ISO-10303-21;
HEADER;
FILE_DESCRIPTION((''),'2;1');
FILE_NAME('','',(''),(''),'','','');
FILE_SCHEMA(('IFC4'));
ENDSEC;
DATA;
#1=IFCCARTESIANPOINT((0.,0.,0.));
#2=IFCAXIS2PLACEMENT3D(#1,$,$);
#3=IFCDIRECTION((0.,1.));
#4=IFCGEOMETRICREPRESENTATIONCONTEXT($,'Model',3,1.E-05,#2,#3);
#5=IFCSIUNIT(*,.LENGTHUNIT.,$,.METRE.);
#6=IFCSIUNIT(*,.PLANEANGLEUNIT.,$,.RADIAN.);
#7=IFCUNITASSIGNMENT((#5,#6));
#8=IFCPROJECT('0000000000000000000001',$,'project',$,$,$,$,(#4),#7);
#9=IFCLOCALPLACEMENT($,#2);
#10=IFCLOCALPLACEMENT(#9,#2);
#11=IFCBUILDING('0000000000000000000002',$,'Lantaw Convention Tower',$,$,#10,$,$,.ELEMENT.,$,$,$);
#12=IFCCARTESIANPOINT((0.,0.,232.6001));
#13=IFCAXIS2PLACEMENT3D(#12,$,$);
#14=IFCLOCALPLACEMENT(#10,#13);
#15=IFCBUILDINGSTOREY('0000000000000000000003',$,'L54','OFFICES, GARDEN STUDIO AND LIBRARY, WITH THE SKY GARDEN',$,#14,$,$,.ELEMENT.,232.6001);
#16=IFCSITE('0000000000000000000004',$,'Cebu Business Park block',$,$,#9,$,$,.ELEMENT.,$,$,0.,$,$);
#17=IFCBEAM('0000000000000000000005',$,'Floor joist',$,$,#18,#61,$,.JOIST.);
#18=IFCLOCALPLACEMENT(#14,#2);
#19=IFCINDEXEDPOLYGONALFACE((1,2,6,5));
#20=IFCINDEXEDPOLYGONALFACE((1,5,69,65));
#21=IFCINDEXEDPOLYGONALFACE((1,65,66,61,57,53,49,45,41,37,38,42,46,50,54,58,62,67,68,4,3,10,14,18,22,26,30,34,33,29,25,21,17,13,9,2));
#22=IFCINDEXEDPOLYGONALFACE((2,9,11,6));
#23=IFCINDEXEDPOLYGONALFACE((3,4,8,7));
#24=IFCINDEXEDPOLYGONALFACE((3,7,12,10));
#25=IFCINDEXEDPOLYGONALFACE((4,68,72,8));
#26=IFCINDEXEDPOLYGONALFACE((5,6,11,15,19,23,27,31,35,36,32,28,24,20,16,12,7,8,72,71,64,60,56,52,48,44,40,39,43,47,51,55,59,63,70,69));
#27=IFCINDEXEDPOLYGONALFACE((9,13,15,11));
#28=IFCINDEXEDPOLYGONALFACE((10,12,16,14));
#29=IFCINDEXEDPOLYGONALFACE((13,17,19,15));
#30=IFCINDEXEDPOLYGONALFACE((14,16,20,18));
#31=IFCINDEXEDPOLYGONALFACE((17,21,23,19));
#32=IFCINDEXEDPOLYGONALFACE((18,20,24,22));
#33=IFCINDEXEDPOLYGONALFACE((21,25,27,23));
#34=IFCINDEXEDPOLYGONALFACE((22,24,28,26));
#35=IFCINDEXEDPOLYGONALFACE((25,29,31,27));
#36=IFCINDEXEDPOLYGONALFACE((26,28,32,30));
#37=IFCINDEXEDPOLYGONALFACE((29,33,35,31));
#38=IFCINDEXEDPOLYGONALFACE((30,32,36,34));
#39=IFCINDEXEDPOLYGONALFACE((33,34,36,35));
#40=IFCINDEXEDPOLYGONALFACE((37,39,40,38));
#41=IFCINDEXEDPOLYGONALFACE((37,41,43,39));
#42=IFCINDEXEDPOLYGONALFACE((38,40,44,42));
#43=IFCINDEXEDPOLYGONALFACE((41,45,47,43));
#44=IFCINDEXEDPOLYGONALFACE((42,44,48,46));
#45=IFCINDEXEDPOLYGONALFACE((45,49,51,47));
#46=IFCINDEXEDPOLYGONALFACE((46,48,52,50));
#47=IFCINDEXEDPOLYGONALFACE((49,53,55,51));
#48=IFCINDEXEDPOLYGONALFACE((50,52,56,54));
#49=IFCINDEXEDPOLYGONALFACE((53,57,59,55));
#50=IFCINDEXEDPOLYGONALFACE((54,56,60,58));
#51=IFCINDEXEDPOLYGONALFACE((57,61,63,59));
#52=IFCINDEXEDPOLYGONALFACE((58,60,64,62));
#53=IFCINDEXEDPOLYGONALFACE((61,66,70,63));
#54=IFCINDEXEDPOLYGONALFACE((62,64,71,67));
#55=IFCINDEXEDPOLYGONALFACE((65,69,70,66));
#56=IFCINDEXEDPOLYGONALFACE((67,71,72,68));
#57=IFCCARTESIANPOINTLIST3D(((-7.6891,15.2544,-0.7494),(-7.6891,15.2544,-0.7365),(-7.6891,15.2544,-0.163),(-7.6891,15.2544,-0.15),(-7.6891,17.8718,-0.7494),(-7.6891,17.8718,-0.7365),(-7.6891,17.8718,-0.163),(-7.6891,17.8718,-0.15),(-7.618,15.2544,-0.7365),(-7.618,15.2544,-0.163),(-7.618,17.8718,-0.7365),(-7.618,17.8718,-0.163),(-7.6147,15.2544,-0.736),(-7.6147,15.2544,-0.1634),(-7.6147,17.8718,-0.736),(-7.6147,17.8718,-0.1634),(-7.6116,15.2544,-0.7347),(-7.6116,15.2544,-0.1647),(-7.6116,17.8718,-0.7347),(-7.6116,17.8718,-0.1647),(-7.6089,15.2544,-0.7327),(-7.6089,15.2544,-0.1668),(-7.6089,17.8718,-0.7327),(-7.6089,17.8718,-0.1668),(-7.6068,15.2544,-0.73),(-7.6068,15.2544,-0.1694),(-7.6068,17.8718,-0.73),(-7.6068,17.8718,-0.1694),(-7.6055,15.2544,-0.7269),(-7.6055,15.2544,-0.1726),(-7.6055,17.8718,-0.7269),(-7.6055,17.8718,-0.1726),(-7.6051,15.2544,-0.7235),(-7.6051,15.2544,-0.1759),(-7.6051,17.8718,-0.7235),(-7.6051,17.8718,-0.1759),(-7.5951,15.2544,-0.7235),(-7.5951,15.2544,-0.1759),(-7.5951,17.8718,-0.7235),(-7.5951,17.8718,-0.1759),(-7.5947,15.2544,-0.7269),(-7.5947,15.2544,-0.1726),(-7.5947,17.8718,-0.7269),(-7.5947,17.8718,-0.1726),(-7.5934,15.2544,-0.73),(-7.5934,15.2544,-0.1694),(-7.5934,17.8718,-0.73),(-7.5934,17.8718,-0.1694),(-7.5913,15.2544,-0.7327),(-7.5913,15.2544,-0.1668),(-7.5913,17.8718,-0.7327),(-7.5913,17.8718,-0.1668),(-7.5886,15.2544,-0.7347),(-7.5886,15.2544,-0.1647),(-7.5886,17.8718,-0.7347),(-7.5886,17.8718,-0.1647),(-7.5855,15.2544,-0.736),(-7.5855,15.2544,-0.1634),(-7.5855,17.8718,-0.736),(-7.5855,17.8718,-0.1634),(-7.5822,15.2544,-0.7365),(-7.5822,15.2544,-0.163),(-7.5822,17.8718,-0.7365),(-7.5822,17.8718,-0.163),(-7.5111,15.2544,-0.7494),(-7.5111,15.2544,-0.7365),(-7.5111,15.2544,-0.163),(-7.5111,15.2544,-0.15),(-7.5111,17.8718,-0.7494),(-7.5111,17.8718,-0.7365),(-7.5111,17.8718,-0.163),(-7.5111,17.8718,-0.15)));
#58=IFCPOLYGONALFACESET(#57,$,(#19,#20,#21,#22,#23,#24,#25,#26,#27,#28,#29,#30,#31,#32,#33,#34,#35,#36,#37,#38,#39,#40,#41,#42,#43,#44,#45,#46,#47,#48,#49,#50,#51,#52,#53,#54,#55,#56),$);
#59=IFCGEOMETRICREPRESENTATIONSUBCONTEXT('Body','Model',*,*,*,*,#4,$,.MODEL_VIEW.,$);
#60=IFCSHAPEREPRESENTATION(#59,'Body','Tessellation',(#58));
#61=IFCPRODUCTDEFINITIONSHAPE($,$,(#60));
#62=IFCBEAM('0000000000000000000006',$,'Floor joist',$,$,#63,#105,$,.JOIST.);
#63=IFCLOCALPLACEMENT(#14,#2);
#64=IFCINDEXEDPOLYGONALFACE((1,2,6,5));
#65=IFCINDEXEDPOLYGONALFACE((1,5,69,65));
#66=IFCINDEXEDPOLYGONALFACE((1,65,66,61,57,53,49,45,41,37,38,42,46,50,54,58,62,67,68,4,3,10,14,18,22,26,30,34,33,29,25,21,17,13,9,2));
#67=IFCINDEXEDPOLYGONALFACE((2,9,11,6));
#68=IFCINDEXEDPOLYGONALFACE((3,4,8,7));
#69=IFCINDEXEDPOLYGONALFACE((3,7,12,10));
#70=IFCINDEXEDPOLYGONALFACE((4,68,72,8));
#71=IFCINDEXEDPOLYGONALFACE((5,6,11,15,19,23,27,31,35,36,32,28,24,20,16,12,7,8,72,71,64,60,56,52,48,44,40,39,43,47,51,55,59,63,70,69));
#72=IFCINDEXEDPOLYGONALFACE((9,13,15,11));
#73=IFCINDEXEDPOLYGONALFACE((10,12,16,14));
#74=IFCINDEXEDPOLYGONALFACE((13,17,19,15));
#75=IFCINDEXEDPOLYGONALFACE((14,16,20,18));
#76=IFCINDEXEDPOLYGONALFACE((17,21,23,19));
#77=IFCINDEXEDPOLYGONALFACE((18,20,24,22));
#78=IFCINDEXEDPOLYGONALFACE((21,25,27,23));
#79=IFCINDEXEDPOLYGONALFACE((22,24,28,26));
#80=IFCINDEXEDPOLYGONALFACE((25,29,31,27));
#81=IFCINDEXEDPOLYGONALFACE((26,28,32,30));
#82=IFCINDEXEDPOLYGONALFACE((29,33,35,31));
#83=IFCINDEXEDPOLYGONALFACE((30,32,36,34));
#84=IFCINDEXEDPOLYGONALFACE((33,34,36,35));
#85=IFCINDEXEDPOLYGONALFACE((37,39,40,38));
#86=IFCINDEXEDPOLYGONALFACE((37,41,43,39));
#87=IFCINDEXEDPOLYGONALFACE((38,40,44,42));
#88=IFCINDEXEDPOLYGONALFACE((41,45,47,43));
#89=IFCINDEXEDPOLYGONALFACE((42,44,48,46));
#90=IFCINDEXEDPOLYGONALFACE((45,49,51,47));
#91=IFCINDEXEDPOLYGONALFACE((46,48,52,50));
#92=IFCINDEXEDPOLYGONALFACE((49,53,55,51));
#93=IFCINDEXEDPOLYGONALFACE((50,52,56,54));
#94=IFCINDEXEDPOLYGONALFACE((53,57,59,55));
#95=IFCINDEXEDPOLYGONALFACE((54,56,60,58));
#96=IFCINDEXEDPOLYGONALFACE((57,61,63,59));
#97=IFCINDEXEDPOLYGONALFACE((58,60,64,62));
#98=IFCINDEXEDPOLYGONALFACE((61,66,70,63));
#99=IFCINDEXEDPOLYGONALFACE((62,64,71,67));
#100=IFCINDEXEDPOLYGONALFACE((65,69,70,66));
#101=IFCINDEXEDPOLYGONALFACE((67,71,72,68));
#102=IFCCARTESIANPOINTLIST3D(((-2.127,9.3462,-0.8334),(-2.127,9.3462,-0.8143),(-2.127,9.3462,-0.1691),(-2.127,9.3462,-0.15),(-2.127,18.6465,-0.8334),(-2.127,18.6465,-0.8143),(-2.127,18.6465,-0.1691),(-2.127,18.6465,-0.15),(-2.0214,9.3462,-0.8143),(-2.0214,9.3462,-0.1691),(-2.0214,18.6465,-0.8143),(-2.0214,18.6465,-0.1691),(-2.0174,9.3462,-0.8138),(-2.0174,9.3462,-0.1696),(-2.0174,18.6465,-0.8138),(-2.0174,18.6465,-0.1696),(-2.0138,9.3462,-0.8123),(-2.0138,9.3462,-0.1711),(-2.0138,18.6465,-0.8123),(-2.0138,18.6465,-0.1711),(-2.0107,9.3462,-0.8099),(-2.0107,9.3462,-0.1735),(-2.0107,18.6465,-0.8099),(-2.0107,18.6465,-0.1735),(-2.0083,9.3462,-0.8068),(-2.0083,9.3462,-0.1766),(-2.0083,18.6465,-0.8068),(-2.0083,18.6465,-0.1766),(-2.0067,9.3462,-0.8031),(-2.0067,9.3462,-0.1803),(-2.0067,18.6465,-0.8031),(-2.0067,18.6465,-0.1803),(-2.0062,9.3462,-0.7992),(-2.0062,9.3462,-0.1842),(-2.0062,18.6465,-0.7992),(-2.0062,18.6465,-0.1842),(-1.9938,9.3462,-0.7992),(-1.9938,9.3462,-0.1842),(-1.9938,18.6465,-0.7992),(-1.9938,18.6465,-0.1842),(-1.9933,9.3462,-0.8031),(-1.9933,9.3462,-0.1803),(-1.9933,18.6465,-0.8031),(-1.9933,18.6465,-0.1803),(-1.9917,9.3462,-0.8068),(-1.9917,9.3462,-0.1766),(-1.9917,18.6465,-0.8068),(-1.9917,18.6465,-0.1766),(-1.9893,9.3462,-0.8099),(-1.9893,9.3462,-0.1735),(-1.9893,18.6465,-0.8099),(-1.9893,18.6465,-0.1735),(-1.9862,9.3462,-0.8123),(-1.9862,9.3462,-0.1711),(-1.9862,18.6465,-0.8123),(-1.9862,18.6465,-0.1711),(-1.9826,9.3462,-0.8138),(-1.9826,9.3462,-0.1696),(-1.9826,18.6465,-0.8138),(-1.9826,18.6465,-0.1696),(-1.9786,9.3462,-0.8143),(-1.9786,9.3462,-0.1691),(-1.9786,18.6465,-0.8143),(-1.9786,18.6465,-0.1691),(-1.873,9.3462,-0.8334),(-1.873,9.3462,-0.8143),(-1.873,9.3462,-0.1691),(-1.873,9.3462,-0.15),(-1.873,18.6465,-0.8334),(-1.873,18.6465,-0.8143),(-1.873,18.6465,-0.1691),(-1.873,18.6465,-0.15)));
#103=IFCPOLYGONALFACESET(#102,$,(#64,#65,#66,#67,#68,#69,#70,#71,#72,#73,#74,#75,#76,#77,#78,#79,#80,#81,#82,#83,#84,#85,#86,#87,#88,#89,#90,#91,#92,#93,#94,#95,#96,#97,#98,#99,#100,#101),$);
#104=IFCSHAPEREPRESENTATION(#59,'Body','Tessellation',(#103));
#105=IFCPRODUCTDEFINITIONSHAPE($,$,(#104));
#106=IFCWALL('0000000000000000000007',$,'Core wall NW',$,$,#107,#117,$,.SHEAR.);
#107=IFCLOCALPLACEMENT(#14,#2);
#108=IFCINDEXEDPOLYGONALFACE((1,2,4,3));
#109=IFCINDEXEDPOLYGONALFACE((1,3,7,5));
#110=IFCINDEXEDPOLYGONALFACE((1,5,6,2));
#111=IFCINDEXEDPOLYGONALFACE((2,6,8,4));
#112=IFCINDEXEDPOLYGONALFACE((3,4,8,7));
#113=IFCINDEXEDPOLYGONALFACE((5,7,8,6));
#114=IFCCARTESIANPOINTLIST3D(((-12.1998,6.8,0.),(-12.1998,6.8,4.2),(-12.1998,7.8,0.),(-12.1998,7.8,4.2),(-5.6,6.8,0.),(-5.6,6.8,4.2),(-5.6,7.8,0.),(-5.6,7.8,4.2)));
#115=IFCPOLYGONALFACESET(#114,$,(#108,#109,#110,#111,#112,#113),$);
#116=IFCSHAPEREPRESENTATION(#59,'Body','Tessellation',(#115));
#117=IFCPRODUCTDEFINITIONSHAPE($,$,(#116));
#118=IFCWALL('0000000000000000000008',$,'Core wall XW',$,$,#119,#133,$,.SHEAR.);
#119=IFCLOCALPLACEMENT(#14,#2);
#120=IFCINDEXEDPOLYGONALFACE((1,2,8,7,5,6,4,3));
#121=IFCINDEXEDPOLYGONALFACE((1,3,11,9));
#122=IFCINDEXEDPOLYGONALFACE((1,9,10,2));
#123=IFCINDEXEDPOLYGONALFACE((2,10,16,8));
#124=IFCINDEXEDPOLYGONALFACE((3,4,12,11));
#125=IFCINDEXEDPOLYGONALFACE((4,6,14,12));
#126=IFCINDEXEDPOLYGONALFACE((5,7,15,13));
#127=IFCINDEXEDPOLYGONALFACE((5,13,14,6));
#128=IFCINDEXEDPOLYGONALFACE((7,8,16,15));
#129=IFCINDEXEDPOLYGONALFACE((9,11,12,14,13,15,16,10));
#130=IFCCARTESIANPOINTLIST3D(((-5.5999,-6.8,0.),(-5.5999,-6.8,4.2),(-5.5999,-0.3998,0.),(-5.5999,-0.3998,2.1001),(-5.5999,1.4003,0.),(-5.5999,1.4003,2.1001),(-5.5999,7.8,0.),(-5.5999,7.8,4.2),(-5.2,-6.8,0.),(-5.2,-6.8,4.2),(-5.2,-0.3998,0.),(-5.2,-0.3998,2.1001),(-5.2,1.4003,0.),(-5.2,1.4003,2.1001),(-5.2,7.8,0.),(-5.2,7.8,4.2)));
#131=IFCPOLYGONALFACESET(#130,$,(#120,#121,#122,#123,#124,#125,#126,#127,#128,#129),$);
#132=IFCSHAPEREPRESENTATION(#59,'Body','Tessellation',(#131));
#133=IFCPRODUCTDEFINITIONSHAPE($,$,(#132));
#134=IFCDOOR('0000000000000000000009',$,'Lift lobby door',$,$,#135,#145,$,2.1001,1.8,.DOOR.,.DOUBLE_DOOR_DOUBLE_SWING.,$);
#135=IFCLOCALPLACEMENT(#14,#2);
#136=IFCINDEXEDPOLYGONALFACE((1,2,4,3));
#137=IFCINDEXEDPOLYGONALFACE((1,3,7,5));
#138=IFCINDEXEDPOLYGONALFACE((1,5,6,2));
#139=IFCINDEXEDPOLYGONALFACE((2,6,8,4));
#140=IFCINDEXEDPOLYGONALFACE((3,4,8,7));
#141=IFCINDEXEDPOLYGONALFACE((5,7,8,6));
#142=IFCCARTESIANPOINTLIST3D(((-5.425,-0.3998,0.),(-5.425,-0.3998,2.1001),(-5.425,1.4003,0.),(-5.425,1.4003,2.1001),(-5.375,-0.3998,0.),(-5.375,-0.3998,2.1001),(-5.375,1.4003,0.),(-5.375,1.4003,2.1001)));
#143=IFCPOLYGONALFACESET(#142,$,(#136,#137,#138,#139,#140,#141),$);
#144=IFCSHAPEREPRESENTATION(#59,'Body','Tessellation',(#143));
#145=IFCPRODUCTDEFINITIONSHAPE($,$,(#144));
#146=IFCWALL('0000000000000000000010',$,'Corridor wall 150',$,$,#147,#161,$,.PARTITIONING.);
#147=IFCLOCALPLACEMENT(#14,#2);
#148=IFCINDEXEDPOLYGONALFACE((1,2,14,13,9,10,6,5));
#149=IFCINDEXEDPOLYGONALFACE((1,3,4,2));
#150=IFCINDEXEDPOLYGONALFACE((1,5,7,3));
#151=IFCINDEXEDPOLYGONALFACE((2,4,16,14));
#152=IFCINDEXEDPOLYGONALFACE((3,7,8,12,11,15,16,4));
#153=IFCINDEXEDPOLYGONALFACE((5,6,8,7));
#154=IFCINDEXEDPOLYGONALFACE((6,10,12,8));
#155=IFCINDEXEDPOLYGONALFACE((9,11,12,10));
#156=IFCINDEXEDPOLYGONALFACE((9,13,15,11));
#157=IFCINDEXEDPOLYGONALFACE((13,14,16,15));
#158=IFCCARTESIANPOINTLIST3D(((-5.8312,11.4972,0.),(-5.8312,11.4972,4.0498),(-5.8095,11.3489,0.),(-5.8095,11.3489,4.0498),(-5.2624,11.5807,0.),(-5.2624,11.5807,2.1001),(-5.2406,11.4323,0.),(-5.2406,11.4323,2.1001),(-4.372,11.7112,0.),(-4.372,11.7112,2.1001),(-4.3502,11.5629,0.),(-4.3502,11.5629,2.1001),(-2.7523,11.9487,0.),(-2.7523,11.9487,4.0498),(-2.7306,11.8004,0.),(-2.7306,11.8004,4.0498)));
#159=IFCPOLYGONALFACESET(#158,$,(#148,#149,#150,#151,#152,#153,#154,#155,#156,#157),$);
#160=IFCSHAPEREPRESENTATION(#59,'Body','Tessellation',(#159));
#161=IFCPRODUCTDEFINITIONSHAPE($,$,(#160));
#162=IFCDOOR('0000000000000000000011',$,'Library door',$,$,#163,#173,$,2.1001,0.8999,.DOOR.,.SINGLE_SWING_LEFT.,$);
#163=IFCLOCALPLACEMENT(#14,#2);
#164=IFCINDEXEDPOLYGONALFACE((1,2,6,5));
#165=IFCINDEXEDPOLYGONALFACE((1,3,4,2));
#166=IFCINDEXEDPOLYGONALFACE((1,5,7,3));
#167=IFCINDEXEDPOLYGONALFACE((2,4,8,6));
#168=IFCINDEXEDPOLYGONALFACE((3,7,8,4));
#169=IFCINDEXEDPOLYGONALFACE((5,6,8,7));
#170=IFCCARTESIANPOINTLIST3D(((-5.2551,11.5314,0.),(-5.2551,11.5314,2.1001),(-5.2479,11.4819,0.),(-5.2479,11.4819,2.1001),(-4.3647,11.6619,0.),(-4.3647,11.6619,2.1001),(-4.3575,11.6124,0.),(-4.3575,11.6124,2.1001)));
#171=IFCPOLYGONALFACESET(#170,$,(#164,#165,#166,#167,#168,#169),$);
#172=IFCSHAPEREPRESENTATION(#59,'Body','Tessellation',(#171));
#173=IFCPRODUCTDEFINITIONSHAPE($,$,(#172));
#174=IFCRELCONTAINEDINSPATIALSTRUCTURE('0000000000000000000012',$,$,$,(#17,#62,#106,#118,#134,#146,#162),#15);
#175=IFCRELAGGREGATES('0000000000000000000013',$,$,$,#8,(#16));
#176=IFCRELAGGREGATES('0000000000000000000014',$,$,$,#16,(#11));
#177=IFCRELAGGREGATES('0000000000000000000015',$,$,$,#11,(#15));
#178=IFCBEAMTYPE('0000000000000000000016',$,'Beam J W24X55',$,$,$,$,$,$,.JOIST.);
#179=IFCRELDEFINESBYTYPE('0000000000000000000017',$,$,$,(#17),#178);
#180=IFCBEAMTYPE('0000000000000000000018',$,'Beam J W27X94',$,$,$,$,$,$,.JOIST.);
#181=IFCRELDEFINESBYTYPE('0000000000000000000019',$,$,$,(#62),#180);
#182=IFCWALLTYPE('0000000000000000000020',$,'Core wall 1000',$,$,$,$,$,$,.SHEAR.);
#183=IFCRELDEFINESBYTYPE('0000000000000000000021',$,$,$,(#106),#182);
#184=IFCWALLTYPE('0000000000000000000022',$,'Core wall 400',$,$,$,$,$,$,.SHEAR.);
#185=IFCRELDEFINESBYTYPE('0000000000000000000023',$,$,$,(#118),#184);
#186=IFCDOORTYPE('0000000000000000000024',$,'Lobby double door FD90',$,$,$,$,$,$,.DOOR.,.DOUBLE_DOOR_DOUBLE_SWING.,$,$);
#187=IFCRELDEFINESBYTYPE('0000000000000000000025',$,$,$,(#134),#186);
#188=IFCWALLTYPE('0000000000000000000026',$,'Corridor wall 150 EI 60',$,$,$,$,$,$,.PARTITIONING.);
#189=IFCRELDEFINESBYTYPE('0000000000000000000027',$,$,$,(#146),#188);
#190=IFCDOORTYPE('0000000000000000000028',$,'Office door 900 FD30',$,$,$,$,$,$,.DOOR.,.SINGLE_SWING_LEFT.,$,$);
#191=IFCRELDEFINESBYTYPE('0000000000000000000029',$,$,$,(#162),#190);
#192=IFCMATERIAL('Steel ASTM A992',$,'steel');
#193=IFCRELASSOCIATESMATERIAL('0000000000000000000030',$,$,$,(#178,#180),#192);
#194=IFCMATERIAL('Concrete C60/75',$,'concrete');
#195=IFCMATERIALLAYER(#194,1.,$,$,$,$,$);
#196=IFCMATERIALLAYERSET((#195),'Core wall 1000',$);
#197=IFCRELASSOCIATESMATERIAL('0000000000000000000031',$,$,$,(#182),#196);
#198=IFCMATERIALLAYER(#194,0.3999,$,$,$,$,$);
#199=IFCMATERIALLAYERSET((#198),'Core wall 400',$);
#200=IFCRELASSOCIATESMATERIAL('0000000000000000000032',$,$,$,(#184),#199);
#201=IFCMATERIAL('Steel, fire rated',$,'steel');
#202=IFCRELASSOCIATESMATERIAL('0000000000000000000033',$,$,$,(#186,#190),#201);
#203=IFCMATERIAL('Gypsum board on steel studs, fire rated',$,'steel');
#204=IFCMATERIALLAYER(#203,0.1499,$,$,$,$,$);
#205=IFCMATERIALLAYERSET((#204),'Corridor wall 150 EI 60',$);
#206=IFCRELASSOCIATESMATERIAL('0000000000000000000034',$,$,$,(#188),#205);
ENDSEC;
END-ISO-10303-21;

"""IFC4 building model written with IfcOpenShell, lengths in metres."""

from ifc_helpers import new_model, si_unit, direction, frame, frame_2d, origin, origin_2d, place, context, subcontext, project, spatial, rectangle, i_section, extrude, material, layer, layer_set, material_profile, profile_set, type_object, element, fill, save


model = new_model("IFC4")

# Units and contexts
model_context = context("Model", 3, precision=1e-05, world=origin(), true_north=direction((0.0, 1.0)))
body_context = subcontext(model_context, "Body", "Model", "MODEL_VIEW")
ifc_project = project(units=[si_unit("LENGTHUNIT", "METRE"), si_unit("PLANEANGLEUNIT", "RADIAN")], contexts=[model_context])

# Site, building, storey
site_placement = place(None, origin())
site = spatial("IfcSite", under=ifc_project, at=site_placement, Name="Cebu Business Park block", CompositionType="ELEMENT", RefElevation=0.0)
building_placement = place(site_placement, origin())
building = spatial("IfcBuilding", under=site, at=building_placement, Name="Lantaw Convention Tower", CompositionType="ELEMENT")
storey_placement = place(building_placement, frame((0.0, 0.0, 232.6001)))
storey = spatial("IfcBuildingStorey", under=building, at=storey_placement, Name="L54", Description="OFFICES, GARDEN STUDIO AND LIBRARY, WITH THE SKY GARDEN", CompositionType="ELEMENT", Elevation=232.6001)

# Shared definitions
ifc_material_1 = material(Name="Concrete C60/75", Category="concrete")

# Beams
ifc_material_2 = material(Name="Steel ASTM A992", Category="steel")
ifc_material_profile_1 = material_profile(ifc_material_2, i_section(OverallWidth=0.178, OverallDepth=0.5994, WebThickness=0.01, FlangeThickness=0.0129, FilletRadius=0.0129, at=origin_2d()), Name="W24X55")
ifc_profile_set_1 = profile_set([ifc_material_profile_1], Name="Steel ASTM A992")
beam_type_1 = type_object("IfcBeamType", Name="Beam J W24X55", PredefinedType="JOIST", material=ifc_profile_set_1)
beam_1_placement = place(storey_placement, frame((-7.6001, 15.2544, -0.4497), z_axis=(0.0, 1.0, 0.0), x_axis=(-1.0, 0.0, 0.0)))
element("IfcBeam", 1, at=beam_1_placement, inside=storey, type_object=beam_type_1, Name="Floor joist", PredefinedType="JOIST", context=body_context, shape_type="SweptSolid", body=[
    extrude(i_section(OverallWidth=0.178, OverallDepth=0.5994, WebThickness=0.01, FlangeThickness=0.0129, FilletRadius=0.0129, at=origin_2d()), origin(), (0.0, 0.0, 1.0), 2.6174),
])
ifc_material_profile_2 = material_profile(ifc_material_2, i_section(OverallWidth=0.2539, OverallDepth=0.6833, WebThickness=0.0125, FlangeThickness=0.019, FilletRadius=0.0151, at=origin_2d()), Name="W27X94")
ifc_profile_set_2 = profile_set([ifc_material_profile_2], Name="Steel ASTM A992")
beam_type_2 = type_object("IfcBeamType", Name="Beam J W27X94", PredefinedType="JOIST", material=ifc_profile_set_2)
beam_2_placement = place(storey_placement, frame((-2.0, 9.3462, -0.4917), z_axis=(0.0, 1.0, 0.0), x_axis=(-1.0, 0.0, 0.0)))
element("IfcBeam", 2, at=beam_2_placement, inside=storey, type_object=beam_type_2, Name="Floor joist", PredefinedType="JOIST", context=body_context, shape_type="SweptSolid", body=[
    extrude(i_section(OverallWidth=0.2539, OverallDepth=0.6833, WebThickness=0.0125, FlangeThickness=0.019, FilletRadius=0.0151, at=origin_2d()), origin(), (0.0, 0.0, 1.0), 9.3003),
])

# Wall
ifc_layer_1 = layer(ifc_material_1, 1.0)
ifc_layer_set_1 = layer_set([ifc_layer_1], Name="Core wall 1000")
wall_type_1 = type_object("IfcWallType", Name="Core wall 1000", PredefinedType="SHEAR", material=ifc_layer_set_1)
wall_1_placement = place(storey_placement, frame((-5.6001, 7.3, 0.0), z_axis=(0.0, 0.0, 1.0), x_axis=(-1.0, 0.0, 0.0)))
element("IfcWall", 3, at=wall_1_placement, inside=storey, type_object=wall_type_1, Name="Core wall NW", PredefinedType="SHEAR", context=body_context, shape_type="SweptSolid", body=[
    extrude(rectangle(XDim=6.5999, YDim=1.0, at=frame_2d((3.2998, 0.0))), origin(), (0.0, 0.0, 1.0), 4.2),
])

# Walls, openings, doors
ifc_layer_2 = layer(ifc_material_1, 0.3999)
ifc_layer_set_2 = layer_set([ifc_layer_2], Name="Core wall 400")
wall_type_2 = type_object("IfcWallType", Name="Core wall 400", PredefinedType="SHEAR", material=ifc_layer_set_2)
wall_2_placement = place(storey_placement, frame((-5.3999, 7.8, 0.0), z_axis=(0.0, 0.0, 1.0), x_axis=(0.0, -1.0, 0.0)))
wall_2 = element("IfcWall", 4, at=wall_2_placement, inside=storey, type_object=wall_type_2, Name="Core wall XW", PredefinedType="SHEAR", context=body_context, shape_type="SweptSolid", body=[
    extrude(rectangle(XDim=14.6001, YDim=0.3999, at=frame_2d((7.3, 0.0))), origin(), (0.0, 0.0, 1.0), 4.2),
])
opening_1_placement = place(wall_2_placement, frame((6.3999, 0.0, 0.0)))
opening_1 = element("IfcOpeningElement", 5, at=opening_1_placement, cuts=wall_2, PredefinedType="OPENING", context=body_context, shape_type="SweptSolid", body=[
    extrude(rectangle(XDim=1.8, YDim=2.1001, at=frame_2d((0.8999, 1.05))), frame((0.0, 0.21, 0.0), z_axis=(0.0, -1.0, 0.0), x_axis=(1.0, 0.0, 0.0)), (0.0, 0.0, 1.0), 0.4199),
])
ifc_material_3 = material(Name="Steel, fire rated", Category="steel")
door_type_1 = type_object("IfcDoorType", Name="Lobby double door FD90", OperationType="DOUBLE_DOOR_DOUBLE_SWING", PredefinedType="DOOR", material=ifc_material_3)
door_1_placement = place(opening_1_placement, origin())
door_1 = element("IfcDoor", 6, at=door_1_placement, inside=storey, type_object=door_type_1, Name="Lift lobby door", OperationType="DOUBLE_DOOR_DOUBLE_SWING", OverallHeight=2.1001, OverallWidth=1.8, PredefinedType="DOOR", context=body_context, shape_type="SweptSolid", body=[
    extrude(rectangle(XDim=1.8, YDim=2.1001, at=frame_2d((0.8999, 1.05))), frame((0.0, 0.0249, 0.0), z_axis=(0.0, -1.0, 0.0), x_axis=(1.0, 0.0, 0.0)), (0.0, 0.0, 1.0), 0.05),
])
fill(opening_1, door_1)
ifc_material_4 = material(Name="Gypsum board on steel studs, fire rated", Category="steel")
ifc_layer_3 = layer(ifc_material_4, 0.1499)
ifc_layer_set_3 = layer_set([ifc_layer_3], Name="Corridor wall 150 EI 60")
wall_type_3 = type_object("IfcWallType", Name="Corridor wall 150 EI 60", PredefinedType="PARTITIONING", material=ifc_layer_set_3)
wall_3_placement = place(storey_placement, frame((-2.7415, 11.8745, 0.0), z_axis=(0.0, 0.0, 1.0), x_axis=(-0.989422, -0.145067, 0.0)))
wall_3 = element("IfcWall", 7, at=wall_3_placement, inside=storey, type_object=wall_type_3, Name="Corridor wall 150", PredefinedType="PARTITIONING", context=body_context, shape_type="SweptSolid", body=[
    extrude(rectangle(XDim=3.1118, YDim=0.1499, at=frame_2d((1.5559, 0.0))), origin(), (0.0, 0.0, 1.0), 4.0498),
])
opening_2_placement = place(wall_3_placement, frame((1.637, 0.0, 0.0)))
opening_2 = element("IfcOpeningElement", 8, at=opening_2_placement, cuts=wall_3, PredefinedType="OPENING", context=body_context, shape_type="SweptSolid", body=[
    extrude(rectangle(XDim=0.8999, YDim=2.1001, at=frame_2d((0.45, 1.05))), frame((0.0, 0.085, 0.0), z_axis=(0.0, -1.0, 0.0), x_axis=(1.0, 0.0, 0.0)), (0.0, 0.0, 1.0), 0.1699),
])
door_type_2 = type_object("IfcDoorType", Name="Office door 900 FD30", OperationType="SINGLE_SWING_LEFT", PredefinedType="DOOR", material=ifc_material_3)
door_2_placement = place(opening_2_placement, origin())
door_2 = element("IfcDoor", 9, at=door_2_placement, inside=storey, type_object=door_type_2, Name="Library door", OperationType="SINGLE_SWING_LEFT", OverallHeight=2.1001, OverallWidth=0.8999, PredefinedType="DOOR", context=body_context, shape_type="SweptSolid", body=[
    extrude(rectangle(XDim=0.8999, YDim=2.1001, at=frame_2d((0.45, 1.05))), frame((0.0, 0.0249, 0.0), z_axis=(0.0, -1.0, 0.0), x_axis=(1.0, 0.0, 0.0)), (0.0, 0.0, 1.0), 0.05),
])
fill(opening_2, door_2)

save(model, "model.ifc")
